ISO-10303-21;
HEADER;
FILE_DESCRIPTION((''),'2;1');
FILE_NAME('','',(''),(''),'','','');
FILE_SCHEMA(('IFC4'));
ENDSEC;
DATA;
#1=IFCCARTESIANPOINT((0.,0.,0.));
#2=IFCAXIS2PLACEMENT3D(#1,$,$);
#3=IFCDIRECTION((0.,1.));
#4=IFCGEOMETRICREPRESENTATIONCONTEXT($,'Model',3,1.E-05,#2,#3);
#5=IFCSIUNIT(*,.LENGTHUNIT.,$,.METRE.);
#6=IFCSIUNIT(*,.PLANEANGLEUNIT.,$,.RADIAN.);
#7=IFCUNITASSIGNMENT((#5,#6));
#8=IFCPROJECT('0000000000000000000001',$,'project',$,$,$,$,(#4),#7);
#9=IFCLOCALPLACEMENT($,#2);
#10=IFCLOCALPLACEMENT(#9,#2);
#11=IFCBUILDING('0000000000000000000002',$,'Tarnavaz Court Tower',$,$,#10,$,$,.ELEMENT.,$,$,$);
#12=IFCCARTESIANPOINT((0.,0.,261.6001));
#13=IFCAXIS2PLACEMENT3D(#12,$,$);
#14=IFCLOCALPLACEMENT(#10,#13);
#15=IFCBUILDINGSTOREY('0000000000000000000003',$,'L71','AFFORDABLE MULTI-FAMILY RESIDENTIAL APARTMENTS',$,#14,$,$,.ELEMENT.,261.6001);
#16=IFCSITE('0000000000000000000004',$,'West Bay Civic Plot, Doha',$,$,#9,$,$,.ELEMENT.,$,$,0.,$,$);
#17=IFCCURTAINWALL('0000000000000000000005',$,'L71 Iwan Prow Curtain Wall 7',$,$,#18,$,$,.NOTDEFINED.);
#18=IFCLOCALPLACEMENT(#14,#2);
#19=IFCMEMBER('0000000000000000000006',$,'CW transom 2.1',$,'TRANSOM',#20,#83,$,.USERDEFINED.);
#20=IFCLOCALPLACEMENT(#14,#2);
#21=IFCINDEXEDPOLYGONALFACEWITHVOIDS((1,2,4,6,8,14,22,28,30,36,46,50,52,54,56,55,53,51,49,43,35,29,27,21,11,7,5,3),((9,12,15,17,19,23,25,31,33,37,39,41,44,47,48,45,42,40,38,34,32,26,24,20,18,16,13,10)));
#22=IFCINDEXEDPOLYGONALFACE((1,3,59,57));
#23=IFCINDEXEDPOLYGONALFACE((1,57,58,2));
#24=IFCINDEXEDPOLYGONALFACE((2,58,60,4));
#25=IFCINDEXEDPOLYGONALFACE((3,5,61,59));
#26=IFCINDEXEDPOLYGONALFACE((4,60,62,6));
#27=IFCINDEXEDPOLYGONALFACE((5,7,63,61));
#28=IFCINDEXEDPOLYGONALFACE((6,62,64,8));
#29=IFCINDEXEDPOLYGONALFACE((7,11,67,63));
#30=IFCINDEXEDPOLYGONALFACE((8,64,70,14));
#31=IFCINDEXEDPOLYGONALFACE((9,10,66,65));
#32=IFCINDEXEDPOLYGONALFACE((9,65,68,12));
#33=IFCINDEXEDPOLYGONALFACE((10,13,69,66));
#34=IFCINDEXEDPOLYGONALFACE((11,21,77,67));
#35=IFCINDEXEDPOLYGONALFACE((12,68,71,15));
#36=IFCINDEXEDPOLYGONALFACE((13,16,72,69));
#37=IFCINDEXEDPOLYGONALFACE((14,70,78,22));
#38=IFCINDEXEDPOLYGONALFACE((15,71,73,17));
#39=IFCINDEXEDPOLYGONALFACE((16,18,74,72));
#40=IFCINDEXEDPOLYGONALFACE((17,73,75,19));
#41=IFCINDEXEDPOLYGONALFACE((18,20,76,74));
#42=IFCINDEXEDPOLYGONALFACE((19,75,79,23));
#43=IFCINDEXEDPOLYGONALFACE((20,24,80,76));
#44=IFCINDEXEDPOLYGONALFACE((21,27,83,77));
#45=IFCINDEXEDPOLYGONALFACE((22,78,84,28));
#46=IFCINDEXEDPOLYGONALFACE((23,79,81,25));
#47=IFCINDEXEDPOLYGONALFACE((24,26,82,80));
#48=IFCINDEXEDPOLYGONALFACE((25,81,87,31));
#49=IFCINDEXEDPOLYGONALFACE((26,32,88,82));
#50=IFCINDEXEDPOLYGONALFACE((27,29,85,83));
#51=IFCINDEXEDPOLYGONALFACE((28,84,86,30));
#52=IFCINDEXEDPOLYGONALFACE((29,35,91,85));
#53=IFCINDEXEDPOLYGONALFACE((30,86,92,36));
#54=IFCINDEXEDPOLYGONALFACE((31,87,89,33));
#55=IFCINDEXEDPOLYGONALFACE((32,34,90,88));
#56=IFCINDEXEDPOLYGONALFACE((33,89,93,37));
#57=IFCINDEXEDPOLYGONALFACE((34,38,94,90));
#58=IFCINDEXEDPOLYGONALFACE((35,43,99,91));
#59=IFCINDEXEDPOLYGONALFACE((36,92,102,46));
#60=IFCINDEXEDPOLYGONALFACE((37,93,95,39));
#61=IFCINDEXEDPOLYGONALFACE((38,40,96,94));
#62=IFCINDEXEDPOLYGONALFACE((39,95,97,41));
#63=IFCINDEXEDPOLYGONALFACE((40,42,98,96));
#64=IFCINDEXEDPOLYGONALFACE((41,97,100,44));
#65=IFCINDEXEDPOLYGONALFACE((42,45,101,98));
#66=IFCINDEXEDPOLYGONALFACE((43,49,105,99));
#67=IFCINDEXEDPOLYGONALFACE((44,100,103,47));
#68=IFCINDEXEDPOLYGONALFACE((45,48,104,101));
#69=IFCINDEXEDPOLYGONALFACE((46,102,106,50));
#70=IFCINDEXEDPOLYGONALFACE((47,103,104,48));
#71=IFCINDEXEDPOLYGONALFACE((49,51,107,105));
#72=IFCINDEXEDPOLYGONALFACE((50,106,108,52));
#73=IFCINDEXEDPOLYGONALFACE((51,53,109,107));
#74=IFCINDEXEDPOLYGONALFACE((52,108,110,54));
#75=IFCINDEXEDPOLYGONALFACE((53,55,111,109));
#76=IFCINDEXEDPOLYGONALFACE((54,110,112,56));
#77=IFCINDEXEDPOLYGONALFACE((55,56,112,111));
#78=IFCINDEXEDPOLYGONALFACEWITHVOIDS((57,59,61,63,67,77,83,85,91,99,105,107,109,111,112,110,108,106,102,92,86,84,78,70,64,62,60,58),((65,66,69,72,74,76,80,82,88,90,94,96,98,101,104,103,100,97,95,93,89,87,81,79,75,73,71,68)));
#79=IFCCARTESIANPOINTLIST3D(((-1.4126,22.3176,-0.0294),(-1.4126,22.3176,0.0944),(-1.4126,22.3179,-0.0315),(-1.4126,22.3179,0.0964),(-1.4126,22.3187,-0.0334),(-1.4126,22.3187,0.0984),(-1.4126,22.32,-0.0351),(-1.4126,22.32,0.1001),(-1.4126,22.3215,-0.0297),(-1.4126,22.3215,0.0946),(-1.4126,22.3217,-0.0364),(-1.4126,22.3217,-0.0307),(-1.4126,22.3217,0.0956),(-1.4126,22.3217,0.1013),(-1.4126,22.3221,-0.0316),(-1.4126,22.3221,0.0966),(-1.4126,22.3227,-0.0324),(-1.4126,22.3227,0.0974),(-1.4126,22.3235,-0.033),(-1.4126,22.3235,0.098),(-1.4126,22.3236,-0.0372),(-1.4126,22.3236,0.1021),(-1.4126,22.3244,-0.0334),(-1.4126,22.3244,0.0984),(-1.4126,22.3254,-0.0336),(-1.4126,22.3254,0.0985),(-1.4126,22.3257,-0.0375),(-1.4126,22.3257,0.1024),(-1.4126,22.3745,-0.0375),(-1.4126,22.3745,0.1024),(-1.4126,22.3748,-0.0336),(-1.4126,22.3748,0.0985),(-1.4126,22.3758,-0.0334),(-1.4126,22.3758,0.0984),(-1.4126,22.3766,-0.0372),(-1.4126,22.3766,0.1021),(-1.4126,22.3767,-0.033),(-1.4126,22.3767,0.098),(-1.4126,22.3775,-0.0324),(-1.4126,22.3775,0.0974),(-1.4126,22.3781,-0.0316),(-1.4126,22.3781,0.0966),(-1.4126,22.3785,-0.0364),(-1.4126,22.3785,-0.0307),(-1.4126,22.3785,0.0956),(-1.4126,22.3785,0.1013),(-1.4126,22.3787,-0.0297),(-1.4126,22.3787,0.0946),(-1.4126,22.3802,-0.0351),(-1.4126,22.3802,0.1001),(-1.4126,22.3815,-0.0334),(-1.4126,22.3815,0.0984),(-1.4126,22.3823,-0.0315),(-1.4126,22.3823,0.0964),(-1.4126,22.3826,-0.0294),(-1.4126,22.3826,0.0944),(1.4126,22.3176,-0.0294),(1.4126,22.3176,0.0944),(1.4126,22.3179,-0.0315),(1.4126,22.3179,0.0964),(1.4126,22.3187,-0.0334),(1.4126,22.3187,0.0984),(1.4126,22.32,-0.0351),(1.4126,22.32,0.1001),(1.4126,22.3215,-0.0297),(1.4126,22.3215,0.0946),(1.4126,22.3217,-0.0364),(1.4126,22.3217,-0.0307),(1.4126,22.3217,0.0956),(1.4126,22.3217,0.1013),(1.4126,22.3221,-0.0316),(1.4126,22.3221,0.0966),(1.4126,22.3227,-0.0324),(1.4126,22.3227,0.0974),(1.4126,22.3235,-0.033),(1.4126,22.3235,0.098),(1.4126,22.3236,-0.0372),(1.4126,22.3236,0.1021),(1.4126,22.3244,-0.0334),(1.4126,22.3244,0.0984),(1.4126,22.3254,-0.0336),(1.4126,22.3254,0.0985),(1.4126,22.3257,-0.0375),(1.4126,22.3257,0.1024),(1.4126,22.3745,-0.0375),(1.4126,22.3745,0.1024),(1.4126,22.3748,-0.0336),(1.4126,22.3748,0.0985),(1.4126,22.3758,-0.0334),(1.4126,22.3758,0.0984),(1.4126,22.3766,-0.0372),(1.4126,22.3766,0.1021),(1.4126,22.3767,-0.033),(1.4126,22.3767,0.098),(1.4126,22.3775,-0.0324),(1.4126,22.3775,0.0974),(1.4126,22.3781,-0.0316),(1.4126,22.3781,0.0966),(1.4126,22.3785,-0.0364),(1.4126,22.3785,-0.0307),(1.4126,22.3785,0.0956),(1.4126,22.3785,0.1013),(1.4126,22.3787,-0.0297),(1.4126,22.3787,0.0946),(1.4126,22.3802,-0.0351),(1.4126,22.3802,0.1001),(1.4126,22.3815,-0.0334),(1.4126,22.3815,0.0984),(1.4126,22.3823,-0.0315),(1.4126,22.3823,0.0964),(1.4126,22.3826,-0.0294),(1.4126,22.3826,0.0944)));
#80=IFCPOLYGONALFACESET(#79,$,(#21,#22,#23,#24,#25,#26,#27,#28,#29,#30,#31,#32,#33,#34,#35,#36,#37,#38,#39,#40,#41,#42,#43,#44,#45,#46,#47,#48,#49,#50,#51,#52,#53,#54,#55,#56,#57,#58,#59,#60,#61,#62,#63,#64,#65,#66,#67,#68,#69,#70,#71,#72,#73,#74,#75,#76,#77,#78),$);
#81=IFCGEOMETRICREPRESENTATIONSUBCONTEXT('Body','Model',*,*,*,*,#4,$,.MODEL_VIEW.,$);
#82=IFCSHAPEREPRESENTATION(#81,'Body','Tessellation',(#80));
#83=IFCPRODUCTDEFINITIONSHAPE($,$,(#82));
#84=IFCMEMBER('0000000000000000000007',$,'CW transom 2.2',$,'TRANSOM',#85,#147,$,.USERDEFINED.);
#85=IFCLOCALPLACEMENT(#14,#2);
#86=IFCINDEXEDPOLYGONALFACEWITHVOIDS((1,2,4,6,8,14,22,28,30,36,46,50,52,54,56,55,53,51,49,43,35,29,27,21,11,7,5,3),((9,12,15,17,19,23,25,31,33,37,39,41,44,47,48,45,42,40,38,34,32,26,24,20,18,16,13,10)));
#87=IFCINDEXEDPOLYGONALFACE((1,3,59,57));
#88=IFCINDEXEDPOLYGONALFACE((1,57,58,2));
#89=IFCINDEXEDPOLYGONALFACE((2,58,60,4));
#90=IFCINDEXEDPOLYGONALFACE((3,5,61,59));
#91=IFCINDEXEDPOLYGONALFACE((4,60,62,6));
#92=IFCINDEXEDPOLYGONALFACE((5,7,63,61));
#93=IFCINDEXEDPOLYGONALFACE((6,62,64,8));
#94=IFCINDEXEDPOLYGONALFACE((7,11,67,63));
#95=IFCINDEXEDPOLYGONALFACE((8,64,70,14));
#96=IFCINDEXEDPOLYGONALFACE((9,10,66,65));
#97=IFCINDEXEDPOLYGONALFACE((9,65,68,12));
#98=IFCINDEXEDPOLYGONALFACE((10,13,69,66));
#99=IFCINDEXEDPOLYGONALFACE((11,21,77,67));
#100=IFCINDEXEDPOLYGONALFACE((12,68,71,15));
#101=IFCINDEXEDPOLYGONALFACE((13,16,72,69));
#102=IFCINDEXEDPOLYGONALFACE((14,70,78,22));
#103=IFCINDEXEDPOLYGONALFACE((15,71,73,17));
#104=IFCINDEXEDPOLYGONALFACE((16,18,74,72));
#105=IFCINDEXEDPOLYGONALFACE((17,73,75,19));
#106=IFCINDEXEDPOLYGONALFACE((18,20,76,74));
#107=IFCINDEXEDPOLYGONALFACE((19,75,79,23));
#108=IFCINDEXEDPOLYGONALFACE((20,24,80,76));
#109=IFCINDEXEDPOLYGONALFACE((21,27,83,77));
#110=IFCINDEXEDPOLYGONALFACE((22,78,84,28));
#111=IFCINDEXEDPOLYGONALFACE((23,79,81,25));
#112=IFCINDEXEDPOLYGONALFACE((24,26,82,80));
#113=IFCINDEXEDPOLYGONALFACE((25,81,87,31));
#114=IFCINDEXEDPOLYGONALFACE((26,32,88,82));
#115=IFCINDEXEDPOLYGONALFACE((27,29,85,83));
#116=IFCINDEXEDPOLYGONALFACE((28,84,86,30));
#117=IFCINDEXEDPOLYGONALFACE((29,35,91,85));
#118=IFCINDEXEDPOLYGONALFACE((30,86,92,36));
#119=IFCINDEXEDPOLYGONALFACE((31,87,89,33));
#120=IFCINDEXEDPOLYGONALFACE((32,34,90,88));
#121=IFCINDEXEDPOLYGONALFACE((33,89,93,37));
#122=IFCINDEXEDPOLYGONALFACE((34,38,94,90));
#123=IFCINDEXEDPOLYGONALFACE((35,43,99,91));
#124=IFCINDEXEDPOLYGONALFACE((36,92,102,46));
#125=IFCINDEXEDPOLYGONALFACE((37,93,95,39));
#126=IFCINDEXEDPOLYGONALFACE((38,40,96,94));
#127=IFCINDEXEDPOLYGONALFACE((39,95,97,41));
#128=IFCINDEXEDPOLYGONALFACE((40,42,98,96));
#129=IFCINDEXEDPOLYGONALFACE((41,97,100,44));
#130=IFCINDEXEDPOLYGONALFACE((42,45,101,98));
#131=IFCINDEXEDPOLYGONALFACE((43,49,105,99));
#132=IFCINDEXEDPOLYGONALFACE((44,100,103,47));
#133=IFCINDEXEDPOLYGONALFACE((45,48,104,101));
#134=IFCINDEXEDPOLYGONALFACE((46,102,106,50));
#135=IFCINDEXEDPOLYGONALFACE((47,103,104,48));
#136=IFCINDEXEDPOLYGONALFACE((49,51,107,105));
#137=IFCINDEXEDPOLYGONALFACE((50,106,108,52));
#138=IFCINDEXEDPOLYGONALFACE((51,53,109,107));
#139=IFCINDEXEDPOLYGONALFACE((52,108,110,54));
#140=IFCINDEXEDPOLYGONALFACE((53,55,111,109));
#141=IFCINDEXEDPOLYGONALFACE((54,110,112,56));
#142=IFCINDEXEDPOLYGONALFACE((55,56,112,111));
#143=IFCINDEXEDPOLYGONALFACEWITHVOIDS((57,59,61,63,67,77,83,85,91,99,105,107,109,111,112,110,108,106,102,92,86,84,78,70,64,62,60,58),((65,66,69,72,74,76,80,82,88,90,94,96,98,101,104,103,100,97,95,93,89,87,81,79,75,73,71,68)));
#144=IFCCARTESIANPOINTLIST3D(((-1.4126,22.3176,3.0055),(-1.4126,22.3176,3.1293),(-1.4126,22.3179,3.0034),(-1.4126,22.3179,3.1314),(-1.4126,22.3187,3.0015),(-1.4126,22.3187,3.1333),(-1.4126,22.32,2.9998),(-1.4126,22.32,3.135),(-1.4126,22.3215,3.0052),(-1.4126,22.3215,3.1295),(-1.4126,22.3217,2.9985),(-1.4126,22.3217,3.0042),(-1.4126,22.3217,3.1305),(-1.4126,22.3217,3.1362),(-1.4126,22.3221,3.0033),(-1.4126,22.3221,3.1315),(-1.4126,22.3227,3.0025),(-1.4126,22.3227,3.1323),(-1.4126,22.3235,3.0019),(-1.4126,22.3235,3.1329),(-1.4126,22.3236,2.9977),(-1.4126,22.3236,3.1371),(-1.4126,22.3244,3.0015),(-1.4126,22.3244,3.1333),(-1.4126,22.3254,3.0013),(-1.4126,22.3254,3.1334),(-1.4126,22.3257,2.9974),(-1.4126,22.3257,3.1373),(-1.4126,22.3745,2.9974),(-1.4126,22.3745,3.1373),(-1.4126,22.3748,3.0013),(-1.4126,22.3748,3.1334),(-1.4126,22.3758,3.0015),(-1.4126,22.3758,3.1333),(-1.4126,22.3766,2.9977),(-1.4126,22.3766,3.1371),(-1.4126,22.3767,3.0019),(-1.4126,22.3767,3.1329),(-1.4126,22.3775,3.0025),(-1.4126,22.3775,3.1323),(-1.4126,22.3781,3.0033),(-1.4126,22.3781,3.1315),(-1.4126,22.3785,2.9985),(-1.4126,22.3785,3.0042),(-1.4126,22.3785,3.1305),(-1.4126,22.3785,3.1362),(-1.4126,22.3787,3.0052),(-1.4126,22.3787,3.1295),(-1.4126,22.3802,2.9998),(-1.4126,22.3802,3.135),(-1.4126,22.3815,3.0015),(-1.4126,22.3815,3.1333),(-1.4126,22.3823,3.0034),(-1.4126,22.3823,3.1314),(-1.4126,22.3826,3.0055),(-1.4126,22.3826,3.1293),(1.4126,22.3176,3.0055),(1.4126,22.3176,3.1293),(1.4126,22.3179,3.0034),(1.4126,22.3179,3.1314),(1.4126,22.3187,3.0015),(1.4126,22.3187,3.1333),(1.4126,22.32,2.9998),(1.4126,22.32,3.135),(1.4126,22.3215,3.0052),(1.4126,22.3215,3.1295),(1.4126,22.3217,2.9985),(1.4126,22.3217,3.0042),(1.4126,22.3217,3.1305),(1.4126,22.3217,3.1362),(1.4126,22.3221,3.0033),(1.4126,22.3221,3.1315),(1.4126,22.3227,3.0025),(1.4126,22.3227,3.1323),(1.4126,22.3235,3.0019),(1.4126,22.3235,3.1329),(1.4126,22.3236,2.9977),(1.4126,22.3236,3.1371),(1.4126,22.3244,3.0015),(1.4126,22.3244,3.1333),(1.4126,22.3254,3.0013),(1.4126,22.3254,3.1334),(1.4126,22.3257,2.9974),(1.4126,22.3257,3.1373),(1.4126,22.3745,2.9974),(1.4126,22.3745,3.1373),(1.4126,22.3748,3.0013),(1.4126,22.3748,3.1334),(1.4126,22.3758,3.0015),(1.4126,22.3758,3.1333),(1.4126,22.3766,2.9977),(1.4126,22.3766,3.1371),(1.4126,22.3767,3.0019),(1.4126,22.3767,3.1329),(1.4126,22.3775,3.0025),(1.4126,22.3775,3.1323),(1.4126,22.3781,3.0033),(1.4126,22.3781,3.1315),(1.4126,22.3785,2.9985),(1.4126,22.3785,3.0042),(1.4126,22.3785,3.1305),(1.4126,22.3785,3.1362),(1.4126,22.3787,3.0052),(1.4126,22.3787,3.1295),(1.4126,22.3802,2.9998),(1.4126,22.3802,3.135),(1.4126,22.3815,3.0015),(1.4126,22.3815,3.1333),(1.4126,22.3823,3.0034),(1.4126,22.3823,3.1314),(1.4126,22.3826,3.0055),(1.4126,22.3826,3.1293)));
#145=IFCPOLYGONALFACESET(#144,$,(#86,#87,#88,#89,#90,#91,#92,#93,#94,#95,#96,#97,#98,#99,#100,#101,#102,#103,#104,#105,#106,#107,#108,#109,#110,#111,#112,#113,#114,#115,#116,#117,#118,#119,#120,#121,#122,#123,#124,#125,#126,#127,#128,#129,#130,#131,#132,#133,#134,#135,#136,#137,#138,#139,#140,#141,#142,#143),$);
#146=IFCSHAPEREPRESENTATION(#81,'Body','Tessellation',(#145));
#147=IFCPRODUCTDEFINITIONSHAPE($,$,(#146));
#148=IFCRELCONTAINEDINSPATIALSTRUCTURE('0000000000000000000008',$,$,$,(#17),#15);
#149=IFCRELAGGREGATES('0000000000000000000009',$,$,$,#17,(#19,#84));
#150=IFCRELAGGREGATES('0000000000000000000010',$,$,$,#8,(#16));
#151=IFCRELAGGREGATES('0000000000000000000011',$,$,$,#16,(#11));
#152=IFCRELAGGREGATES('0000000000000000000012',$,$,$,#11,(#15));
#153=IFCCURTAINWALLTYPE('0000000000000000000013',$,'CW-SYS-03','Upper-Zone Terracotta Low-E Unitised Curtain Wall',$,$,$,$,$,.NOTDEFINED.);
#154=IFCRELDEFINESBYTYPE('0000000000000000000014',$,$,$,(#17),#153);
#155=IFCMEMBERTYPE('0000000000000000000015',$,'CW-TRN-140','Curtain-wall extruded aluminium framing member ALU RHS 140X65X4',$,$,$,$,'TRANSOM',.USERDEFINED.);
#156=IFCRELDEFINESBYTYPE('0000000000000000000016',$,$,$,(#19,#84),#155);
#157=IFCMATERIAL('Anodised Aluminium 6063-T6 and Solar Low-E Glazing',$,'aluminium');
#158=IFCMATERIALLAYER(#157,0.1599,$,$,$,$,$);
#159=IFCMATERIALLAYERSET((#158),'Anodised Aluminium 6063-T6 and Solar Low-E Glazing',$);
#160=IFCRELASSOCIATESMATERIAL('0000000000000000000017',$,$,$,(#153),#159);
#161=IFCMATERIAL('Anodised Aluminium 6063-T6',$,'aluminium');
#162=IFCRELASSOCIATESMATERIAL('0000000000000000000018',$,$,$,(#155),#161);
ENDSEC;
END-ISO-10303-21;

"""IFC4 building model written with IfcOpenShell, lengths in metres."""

from ifc_helpers import new_model, si_unit, direction, frame, origin, origin_2d, place, context, subcontext, project, spatial, hollow_rectangle, extrude, material, layer, layer_set, material_profile, profile_set, type_object, element, aggregate, save


model = new_model("IFC4")

# Units and contexts
model_context = context("Model", 3, precision=1e-05, world=origin(), true_north=direction((0.0, 1.0)))
body_context = subcontext(model_context, "Body", "Model", "MODEL_VIEW")
ifc_project = project(units=[si_unit("LENGTHUNIT", "METRE"), si_unit("PLANEANGLEUNIT", "RADIAN")], contexts=[model_context])

# Site, building, storey
site_placement = place(None, origin())
site = spatial("IfcSite", under=ifc_project, at=site_placement, Name="West Bay Civic Plot, Doha", CompositionType="ELEMENT", RefElevation=0.0)
building_placement = place(site_placement, origin())
building = spatial("IfcBuilding", under=site, at=building_placement, Name="Tarnavaz Court Tower", CompositionType="ELEMENT")
storey_placement = place(building_placement, frame((0.0, 0.0, 261.6001)))
storey = spatial("IfcBuildingStorey", under=building, at=storey_placement, Name="L71", Description="AFFORDABLE MULTI-FAMILY RESIDENTIAL APARTMENTS", CompositionType="ELEMENT", Elevation=261.6001)

# Curtain wall, members
ifc_material_1 = material(Name="Anodised Aluminium 6063-T6 and Solar Low-E Glazing", Category="aluminium")
ifc_layer_1 = layer(ifc_material_1, 0.1599)
ifc_layer_set_1 = layer_set([ifc_layer_1], Name="Anodised Aluminium 6063-T6 and Solar Low-E Glazing")
curtain_wall_type = type_object("IfcCurtainWallType", Name="CW-SYS-03", Description="Upper-Zone Terracotta Low-E Unitised Curtain Wall", PredefinedType="NOTDEFINED", material=ifc_layer_set_1)
curtain_wall_placement = place(storey_placement, origin())
curtain_wall = element("IfcCurtainWall", 1, at=curtain_wall_placement, inside=storey, type_object=curtain_wall_type, Name="L71 Iwan Prow Curtain Wall 7", PredefinedType="NOTDEFINED")
ifc_material_2 = material(Name="Anodised Aluminium 6063-T6", Category="aluminium")
ifc_material_profile_1 = material_profile(ifc_material_2, hollow_rectangle(XDim=0.0649, YDim=0.1399, WallThickness=0.0039, InnerFilletRadius=0.0039, OuterFilletRadius=0.0081, at=origin_2d()), Name="ALU RHS 140X65X4")
ifc_profile_set_1 = profile_set([ifc_material_profile_1], Name="Anodised Aluminium 6063-T6")
member_type_1 = type_object("IfcMemberType", Name="CW-TRN-140", Description="Curtain-wall extruded aluminium framing member ALU RHS 140X65X4", ElementType="TRANSOM", PredefinedType="USERDEFINED", material=ifc_profile_set_1)
member_1_placement = place(storey_placement, frame((-1.4126, 22.3501, 0.0325), z_axis=(1.0, 0.0, 0.0), x_axis=(0.0, 1.0, 0.0)))
member_1 = element("IfcMember", 2, at=member_1_placement, type_object=member_type_1, Name="CW transom 2.1", ObjectType="TRANSOM", PredefinedType="USERDEFINED", context=body_context, shape_type="SweptSolid", body=[
    extrude(hollow_rectangle(XDim=0.0649, YDim=0.1399, WallThickness=0.0039, InnerFilletRadius=0.0039, OuterFilletRadius=0.0081, at=origin_2d()), origin(), (0.0, 0.0, 1.0), 2.8252),
])
member_2_placement = place(storey_placement, frame((-1.4126, 22.3501, 3.0674), z_axis=(1.0, 0.0, 0.0), x_axis=(0.0, 1.0, 0.0)))
member_2 = element("IfcMember", 3, at=member_2_placement, type_object=member_type_1, Name="CW transom 2.2", ObjectType="TRANSOM", PredefinedType="USERDEFINED", context=body_context, shape_type="SweptSolid", body=[
    extrude(hollow_rectangle(XDim=0.0649, YDim=0.1399, WallThickness=0.0039, InnerFilletRadius=0.0039, OuterFilletRadius=0.0081, at=origin_2d()), origin(), (0.0, 0.0, 1.0), 2.8252),
])
aggregate(curtain_wall, [member_1, member_2])

save(model, "model.ifc")
